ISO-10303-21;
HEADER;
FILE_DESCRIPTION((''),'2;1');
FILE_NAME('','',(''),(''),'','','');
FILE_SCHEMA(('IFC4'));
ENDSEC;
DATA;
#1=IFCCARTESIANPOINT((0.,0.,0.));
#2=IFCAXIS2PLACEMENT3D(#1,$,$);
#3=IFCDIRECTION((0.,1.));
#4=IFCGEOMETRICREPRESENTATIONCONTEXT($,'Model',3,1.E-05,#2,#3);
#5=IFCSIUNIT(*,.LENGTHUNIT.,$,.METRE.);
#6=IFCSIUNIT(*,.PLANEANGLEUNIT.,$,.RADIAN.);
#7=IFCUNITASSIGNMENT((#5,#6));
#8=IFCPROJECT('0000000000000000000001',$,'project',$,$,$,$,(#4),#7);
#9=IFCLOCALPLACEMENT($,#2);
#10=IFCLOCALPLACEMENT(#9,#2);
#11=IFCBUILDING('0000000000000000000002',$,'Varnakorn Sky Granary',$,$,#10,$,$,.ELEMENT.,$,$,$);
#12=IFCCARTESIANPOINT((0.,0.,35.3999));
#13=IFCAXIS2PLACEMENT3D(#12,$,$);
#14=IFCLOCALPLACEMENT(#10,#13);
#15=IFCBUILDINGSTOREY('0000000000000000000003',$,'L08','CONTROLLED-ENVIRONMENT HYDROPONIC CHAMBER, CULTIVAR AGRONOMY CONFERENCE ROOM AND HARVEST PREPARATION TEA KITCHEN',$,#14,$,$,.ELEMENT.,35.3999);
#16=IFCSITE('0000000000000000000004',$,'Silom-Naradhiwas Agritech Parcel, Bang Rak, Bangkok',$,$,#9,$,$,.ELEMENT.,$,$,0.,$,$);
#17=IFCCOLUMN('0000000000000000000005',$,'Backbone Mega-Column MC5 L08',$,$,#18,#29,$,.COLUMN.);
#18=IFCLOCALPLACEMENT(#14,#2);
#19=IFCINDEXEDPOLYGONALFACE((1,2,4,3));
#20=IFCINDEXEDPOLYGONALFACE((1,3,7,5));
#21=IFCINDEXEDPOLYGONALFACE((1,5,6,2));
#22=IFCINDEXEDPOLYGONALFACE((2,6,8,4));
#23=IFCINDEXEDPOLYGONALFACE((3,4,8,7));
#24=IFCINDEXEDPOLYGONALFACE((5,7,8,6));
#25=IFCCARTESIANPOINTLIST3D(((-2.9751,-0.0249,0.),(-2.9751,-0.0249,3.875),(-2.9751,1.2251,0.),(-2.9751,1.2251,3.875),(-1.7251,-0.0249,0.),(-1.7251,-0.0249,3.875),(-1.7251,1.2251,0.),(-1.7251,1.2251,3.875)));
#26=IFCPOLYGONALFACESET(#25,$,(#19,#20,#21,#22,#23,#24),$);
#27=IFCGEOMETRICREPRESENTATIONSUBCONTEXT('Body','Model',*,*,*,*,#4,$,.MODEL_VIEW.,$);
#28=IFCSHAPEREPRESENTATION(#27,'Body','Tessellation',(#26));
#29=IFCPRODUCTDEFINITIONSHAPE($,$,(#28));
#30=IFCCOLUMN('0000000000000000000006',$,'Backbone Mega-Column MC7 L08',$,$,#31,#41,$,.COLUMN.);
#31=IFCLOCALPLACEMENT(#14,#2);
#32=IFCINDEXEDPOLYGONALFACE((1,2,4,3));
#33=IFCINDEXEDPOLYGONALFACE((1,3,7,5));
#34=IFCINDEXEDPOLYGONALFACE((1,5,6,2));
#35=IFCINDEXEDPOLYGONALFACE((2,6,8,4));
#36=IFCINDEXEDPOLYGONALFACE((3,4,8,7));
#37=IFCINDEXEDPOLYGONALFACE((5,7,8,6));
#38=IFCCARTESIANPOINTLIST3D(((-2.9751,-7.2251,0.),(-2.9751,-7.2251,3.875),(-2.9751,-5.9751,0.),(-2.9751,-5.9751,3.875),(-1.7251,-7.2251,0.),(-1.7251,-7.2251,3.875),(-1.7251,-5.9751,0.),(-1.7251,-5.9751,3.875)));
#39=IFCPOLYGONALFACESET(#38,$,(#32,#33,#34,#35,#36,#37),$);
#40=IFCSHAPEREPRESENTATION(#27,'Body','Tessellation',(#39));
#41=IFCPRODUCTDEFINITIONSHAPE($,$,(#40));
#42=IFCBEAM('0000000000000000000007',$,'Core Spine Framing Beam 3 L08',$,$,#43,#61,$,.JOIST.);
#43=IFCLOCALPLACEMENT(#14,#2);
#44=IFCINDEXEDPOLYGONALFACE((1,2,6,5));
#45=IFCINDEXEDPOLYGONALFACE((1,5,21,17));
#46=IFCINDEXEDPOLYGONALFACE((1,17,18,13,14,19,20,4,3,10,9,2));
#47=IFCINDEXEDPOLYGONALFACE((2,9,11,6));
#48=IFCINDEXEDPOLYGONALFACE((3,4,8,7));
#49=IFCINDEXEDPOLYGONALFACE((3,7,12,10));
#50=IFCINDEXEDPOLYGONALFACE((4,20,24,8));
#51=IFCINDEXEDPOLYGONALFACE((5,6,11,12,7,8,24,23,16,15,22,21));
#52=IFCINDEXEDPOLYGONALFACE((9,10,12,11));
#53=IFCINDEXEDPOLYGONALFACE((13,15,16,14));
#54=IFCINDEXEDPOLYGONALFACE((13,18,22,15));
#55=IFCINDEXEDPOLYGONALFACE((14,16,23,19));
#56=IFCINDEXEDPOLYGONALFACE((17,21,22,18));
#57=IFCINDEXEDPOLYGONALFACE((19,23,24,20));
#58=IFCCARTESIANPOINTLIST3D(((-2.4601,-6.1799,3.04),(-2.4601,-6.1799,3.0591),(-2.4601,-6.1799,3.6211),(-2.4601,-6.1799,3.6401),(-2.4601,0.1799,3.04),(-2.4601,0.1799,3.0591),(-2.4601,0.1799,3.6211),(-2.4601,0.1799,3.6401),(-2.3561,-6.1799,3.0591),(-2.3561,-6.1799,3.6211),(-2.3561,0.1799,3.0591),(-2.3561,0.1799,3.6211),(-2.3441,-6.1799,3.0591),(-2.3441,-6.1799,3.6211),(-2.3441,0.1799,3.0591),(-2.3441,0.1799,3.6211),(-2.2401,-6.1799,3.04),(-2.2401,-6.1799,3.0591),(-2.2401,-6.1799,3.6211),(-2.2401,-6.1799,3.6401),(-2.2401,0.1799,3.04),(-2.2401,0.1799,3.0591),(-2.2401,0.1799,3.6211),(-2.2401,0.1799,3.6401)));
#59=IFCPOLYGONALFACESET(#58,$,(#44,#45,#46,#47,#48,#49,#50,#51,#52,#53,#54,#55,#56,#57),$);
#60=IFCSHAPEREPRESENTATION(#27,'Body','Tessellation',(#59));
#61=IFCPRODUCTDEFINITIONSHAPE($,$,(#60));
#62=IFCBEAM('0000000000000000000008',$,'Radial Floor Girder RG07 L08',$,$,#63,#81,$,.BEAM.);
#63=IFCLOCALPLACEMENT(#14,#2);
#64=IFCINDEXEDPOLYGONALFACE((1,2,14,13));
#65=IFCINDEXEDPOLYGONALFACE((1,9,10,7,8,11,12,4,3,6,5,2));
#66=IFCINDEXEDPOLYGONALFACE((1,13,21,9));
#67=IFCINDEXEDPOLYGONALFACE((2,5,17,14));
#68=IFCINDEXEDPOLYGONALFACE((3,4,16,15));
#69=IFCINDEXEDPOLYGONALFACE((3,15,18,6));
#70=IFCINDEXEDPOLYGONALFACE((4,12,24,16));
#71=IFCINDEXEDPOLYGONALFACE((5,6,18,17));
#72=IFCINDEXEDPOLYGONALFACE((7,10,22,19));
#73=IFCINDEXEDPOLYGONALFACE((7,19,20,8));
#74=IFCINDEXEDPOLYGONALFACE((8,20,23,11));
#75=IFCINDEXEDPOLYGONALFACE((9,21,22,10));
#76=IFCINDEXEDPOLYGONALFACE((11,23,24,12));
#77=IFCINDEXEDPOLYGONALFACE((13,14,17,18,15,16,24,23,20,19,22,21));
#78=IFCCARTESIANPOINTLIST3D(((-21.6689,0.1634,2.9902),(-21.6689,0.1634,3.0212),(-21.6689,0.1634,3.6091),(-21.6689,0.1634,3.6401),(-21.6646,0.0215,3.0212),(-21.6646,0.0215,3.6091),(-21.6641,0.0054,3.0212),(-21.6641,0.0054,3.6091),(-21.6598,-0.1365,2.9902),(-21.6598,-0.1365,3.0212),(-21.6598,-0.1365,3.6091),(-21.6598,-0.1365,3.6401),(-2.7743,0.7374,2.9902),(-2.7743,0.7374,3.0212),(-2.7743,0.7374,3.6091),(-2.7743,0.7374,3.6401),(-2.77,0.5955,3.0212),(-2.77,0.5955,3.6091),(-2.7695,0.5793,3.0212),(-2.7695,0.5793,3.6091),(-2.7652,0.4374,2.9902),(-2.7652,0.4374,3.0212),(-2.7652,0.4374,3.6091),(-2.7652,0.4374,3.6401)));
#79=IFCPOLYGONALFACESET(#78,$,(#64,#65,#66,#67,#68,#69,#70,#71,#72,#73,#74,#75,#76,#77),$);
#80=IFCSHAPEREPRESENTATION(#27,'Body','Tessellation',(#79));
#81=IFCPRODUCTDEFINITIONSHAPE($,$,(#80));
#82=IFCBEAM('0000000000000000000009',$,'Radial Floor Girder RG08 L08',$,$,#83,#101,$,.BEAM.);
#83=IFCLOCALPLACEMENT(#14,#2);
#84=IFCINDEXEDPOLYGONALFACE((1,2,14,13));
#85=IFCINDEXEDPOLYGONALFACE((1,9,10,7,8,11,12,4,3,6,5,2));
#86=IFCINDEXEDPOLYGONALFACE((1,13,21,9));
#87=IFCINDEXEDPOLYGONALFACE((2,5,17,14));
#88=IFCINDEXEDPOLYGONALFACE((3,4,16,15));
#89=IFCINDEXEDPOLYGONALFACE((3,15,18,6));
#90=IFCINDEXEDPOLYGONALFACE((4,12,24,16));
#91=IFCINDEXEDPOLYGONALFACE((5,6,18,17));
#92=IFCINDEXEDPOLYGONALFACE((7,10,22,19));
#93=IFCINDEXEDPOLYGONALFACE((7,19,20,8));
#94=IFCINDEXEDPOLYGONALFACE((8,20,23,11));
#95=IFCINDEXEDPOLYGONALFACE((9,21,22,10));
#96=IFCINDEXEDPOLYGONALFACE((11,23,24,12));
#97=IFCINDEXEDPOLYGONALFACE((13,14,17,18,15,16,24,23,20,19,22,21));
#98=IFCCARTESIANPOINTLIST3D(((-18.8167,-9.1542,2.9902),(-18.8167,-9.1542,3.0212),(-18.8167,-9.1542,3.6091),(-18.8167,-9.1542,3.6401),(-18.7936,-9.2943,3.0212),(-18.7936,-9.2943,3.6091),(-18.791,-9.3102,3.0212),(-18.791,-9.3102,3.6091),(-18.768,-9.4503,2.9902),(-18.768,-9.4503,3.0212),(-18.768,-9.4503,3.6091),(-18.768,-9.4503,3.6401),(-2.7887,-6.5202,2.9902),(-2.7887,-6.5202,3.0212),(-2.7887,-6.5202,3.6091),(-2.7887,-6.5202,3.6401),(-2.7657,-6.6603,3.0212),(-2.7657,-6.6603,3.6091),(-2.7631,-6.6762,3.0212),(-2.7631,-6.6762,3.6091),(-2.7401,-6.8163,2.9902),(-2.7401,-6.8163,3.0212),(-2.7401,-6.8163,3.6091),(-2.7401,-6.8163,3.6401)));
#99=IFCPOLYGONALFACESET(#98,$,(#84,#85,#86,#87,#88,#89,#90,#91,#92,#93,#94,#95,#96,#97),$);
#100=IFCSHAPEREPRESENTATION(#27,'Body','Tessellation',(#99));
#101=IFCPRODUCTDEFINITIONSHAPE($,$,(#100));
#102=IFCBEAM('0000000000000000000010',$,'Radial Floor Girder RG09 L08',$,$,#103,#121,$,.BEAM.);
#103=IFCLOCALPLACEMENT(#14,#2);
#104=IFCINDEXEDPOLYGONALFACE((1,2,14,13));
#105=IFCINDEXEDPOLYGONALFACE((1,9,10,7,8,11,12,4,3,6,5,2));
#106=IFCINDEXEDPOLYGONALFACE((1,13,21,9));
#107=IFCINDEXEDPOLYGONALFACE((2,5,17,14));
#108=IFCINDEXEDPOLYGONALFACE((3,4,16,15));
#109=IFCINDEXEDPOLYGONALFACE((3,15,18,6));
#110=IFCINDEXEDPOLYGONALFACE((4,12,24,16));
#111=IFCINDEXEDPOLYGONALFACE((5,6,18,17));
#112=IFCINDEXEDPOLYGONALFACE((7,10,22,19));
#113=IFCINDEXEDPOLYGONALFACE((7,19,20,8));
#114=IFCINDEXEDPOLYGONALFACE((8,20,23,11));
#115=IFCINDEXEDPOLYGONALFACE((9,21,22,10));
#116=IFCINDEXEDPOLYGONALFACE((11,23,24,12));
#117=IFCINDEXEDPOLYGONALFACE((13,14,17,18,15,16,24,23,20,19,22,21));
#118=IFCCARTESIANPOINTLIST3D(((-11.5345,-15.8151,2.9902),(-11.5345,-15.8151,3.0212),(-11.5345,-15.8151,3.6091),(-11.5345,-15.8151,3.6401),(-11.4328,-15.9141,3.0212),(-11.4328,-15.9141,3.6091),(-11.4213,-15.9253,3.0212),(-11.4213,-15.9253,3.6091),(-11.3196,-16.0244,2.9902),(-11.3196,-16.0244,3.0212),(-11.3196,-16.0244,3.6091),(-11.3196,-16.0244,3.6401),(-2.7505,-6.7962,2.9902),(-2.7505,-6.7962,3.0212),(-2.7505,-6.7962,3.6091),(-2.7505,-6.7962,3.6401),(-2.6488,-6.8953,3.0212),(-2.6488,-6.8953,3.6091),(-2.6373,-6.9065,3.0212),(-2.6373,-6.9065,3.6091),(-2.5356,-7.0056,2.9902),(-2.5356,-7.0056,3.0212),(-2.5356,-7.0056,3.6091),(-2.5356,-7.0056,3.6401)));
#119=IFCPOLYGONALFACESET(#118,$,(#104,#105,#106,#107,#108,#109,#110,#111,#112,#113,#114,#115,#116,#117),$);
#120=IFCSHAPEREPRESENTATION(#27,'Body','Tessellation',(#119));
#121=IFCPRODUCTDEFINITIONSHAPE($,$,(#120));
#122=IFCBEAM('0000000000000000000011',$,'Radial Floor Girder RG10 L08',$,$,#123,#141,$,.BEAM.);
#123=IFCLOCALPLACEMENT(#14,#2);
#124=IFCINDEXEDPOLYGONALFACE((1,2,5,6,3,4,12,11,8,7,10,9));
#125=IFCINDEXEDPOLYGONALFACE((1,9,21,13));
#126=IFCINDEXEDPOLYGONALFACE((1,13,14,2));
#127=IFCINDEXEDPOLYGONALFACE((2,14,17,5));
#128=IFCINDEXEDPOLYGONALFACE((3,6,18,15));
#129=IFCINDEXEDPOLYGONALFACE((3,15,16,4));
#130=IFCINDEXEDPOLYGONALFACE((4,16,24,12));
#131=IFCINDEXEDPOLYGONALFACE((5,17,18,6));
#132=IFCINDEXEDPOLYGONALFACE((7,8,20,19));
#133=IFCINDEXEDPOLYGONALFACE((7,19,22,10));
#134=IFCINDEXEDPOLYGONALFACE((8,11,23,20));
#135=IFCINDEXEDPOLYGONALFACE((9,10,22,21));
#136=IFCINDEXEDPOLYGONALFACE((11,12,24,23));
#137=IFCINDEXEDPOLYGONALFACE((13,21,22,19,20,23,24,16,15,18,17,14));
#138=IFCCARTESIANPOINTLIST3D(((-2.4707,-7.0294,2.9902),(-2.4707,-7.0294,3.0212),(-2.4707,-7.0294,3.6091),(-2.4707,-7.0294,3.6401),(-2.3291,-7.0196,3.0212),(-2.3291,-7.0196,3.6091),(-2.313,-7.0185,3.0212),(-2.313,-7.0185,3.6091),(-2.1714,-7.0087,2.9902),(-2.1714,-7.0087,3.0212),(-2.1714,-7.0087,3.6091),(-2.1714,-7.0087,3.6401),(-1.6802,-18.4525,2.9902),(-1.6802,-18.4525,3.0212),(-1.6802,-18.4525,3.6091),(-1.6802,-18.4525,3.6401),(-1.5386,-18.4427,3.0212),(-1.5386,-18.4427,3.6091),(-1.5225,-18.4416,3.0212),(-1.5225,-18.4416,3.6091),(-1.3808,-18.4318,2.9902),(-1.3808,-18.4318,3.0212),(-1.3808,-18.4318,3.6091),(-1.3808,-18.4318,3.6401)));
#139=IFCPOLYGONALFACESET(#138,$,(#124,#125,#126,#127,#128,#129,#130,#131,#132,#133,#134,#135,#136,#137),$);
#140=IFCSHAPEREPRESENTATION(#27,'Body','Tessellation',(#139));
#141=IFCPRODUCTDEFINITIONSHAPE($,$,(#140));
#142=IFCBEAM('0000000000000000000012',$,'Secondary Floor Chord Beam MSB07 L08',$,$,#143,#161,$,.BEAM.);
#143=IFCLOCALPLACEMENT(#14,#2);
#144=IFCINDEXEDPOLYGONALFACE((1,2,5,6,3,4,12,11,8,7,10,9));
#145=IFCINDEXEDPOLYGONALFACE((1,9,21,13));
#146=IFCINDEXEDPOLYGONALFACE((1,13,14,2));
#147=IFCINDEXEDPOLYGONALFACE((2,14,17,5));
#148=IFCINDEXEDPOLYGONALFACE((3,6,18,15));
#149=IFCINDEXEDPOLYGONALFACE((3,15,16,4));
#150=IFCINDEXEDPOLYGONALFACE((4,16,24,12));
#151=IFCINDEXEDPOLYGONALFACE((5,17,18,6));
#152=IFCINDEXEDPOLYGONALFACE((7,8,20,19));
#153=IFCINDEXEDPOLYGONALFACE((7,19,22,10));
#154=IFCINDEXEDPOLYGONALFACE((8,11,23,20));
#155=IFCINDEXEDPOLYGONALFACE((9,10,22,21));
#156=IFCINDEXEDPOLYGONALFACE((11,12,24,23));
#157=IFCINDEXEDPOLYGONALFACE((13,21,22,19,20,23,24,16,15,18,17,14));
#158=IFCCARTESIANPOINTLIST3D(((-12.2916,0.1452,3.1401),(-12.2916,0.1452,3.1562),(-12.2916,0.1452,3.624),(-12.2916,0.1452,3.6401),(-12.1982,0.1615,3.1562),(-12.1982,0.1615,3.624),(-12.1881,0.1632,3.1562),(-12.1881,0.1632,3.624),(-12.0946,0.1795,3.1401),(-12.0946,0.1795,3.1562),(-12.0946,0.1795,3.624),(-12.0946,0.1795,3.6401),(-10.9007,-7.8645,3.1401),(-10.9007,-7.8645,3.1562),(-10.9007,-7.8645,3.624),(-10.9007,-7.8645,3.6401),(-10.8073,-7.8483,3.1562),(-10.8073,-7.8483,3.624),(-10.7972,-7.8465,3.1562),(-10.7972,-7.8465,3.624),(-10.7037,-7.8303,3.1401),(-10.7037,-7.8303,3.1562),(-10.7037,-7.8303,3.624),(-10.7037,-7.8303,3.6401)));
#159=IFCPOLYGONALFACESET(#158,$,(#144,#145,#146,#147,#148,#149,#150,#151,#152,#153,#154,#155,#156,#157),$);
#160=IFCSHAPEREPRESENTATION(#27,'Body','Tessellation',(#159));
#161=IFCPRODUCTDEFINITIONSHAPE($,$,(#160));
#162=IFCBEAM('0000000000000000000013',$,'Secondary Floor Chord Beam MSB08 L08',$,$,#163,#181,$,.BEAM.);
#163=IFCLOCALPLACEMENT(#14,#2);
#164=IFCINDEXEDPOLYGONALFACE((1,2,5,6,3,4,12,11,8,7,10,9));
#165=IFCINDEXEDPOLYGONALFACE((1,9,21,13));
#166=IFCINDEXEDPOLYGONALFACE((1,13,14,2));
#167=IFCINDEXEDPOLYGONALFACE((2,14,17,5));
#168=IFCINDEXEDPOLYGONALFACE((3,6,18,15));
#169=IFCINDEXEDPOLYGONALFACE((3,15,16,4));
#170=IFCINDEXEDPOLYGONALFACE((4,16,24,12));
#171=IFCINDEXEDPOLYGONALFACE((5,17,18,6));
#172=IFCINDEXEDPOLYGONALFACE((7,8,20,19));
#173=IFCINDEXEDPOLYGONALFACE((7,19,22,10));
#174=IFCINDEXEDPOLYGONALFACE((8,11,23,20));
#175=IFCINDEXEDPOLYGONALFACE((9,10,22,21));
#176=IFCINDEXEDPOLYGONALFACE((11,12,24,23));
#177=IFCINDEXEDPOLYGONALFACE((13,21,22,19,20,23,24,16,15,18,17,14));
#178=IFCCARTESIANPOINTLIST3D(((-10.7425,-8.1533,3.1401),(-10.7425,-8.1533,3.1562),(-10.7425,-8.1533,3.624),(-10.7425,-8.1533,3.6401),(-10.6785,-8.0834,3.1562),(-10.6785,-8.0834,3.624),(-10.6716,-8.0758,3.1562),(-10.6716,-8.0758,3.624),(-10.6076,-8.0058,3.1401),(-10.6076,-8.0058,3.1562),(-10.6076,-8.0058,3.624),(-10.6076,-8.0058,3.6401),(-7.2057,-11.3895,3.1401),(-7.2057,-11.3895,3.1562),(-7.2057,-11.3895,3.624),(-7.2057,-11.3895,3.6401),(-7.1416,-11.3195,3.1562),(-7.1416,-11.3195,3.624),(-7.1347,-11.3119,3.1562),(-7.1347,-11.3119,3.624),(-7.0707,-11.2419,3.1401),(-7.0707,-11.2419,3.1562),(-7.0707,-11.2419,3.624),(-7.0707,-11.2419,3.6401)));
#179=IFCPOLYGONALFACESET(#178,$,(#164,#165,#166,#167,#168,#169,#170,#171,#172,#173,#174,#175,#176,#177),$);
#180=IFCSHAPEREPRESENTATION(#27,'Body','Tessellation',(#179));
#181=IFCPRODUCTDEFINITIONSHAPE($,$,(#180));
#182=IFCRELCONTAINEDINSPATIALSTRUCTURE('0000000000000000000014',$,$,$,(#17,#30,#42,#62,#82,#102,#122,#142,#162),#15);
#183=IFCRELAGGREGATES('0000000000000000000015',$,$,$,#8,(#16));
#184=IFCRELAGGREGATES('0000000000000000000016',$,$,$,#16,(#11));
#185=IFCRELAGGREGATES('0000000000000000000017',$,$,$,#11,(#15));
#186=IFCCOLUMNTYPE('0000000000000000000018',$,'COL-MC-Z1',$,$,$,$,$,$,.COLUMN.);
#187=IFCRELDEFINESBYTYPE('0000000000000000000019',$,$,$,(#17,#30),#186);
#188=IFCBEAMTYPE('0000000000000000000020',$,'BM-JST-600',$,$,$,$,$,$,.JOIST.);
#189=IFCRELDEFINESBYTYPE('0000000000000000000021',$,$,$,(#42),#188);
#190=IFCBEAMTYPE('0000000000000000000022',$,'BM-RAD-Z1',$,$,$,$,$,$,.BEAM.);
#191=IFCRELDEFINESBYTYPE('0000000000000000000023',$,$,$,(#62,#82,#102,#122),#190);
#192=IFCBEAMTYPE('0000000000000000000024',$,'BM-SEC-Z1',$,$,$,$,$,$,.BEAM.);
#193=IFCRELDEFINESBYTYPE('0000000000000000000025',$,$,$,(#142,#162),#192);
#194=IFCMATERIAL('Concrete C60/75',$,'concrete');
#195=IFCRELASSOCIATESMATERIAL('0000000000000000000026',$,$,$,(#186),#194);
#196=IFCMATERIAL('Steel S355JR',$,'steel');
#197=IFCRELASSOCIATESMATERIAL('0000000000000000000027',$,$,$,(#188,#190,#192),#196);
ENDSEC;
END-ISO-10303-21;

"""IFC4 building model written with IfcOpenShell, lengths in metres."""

from ifc_helpers import new_model, si_unit, direction, frame, origin, origin_2d, place, context, subcontext, project, spatial, rectangle, i_section, extrude, material, material_profile, profile_set, type_object, element, save


model = new_model("IFC4")

# Units and contexts
model_context = context("Model", 3, precision=1e-05, world=origin(), true_north=direction((0.0, 1.0)))
body_context = subcontext(model_context, "Body", "Model", "MODEL_VIEW")
ifc_project = project(units=[si_unit("LENGTHUNIT", "METRE"), si_unit("PLANEANGLEUNIT", "RADIAN")], contexts=[model_context])

# Site, building, storey
site_placement = place(None, origin())
site = spatial("IfcSite", under=ifc_project, at=site_placement, Name="Silom-Naradhiwas Agritech Parcel, Bang Rak, Bangkok", CompositionType="ELEMENT", RefElevation=0.0)
building_placement = place(site_placement, origin())
building = spatial("IfcBuilding", under=site, at=building_placement, Name="Varnakorn Sky Granary", CompositionType="ELEMENT")
storey_placement = place(building_placement, frame((0.0, 0.0, 35.3999)))
storey = spatial("IfcBuildingStorey", under=building, at=storey_placement, Name="L08", Description="CONTROLLED-ENVIRONMENT HYDROPONIC CHAMBER, CULTIVAR AGRONOMY CONFERENCE ROOM AND HARVEST PREPARATION TEA KITCHEN", CompositionType="ELEMENT", Elevation=35.3999)

# Columns
ifc_material_1 = material(Name="Concrete C60/75", Category="concrete")
ifc_material_profile_1 = material_profile(ifc_material_1, rectangle(XDim=1.25, YDim=1.25, at=origin_2d()), Name="RC 1250x1250")
ifc_profile_set_1 = profile_set([ifc_material_profile_1], Name="Concrete C60/75")
column_type = type_object("IfcColumnType", Name="COL-MC-Z1", PredefinedType="COLUMN", material=ifc_profile_set_1)
for number, where, z_axis, x_axis, name in (
    (1, (-2.3501, 0.6001, 0.0), (0.0, 0.0, 1.0), (1.0, 0.0, 0.0), "Backbone Mega-Column MC5 L08"),
    (2, (-2.3501, -6.6001, 0.0), (0.0, 0.0, 1.0), (1.0, 0.0, 0.0), "Backbone Mega-Column MC7 L08"),
):
    element("IfcColumn", number, at=place(storey_placement, frame(where, z_axis=z_axis, x_axis=x_axis)), inside=storey, type_object=column_type, Name=name, PredefinedType="COLUMN", context=body_context, shape_type="SweptSolid", body=[
        extrude(rectangle(XDim=1.25, YDim=1.25, at=origin_2d()), origin(), (0.0, 0.0, 1.0), 3.875),
    ])

# Beams
ifc_material_2 = material(Name="Steel S355JR", Category="steel")
ifc_material_profile_2 = material_profile(ifc_material_2, i_section(OverallWidth=0.22, OverallDepth=0.6001, WebThickness=0.012, FlangeThickness=0.019, at=origin_2d()), Name="IPE 600")
ifc_profile_set_2 = profile_set([ifc_material_profile_2], Name="Steel S355JR")
beam_type_1 = type_object("IfcBeamType", Name="BM-JST-600", PredefinedType="JOIST", material=ifc_profile_set_2)
beam_1_placement = place(storey_placement, frame((-2.3501, 0.1799, 3.3401), z_axis=(0.0, -1.0, 0.0), x_axis=(1.0, 0.0, 0.0)))
element("IfcBeam", 3, at=beam_1_placement, inside=storey, type_object=beam_type_1, Name="Core Spine Framing Beam 3 L08", PredefinedType="JOIST", context=body_context, shape_type="SweptSolid", body=[
    extrude(i_section(OverallWidth=0.22, OverallDepth=0.6001, WebThickness=0.012, FlangeThickness=0.019, at=origin_2d()), origin(), (0.0, 0.0, 1.0), 6.3599),
])
ifc_material_profile_3 = material_profile(ifc_material_2, i_section(OverallWidth=0.3, OverallDepth=0.6499, WebThickness=0.0161, FlangeThickness=0.031, at=origin_2d()), Name="HE 650 B")
ifc_profile_set_3 = profile_set([ifc_material_profile_3], Name="Steel S355JR")
beam_type_2 = type_object("IfcBeamType", Name="BM-RAD-Z1", PredefinedType="BEAM", material=ifc_profile_set_3)
beam_2_placement = place(storey_placement, frame((-2.7698, 0.5874, 3.3152), z_axis=(-0.999539, -0.030364, 0.0), x_axis=(0.030364, -0.999539, 0.0)))
element("IfcBeam", 4, at=beam_2_placement, inside=storey, type_object=beam_type_2, Name="Radial Floor Girder RG07 L08", PredefinedType="BEAM", context=body_context, shape_type="SweptSolid", body=[
    extrude(i_section(OverallWidth=0.3, OverallDepth=0.6499, WebThickness=0.0161, FlangeThickness=0.031, at=origin_2d()), origin(), (0.0, 0.0, 1.0), 18.9033),
])
beam_3_placement = place(storey_placement, frame((-2.7644, -6.6682, 3.3152), z_axis=(-0.986764, -0.162166, 0.0), x_axis=(0.162166, -0.986764, 0.0)))
element("IfcBeam", 5, at=beam_3_placement, inside=storey, type_object=beam_type_2, Name="Radial Floor Girder RG08 L08", PredefinedType="BEAM", context=body_context, shape_type="SweptSolid", body=[
    extrude(i_section(OverallWidth=0.3, OverallDepth=0.6499, WebThickness=0.0161, FlangeThickness=0.031, at=origin_2d()), origin(), (0.0, 0.0, 1.0), 16.2429),
])
beam_4_placement = place(storey_placement, frame((-2.6431, -6.9009, 3.3152), z_axis=(-0.697718, -0.716373, 0.0), x_axis=(0.716373, -0.697718, 0.0)))
element("IfcBeam", 6, at=beam_4_placement, inside=storey, type_object=beam_type_2, Name="Radial Floor Girder RG09 L08", PredefinedType="BEAM", context=body_context, shape_type="SweptSolid", body=[
    extrude(i_section(OverallWidth=0.3, OverallDepth=0.6499, WebThickness=0.0161, FlangeThickness=0.031, at=origin_2d()), origin(), (0.0, 0.0, 1.0), 12.5896),
])
beam_5_placement = place(storey_placement, frame((-2.321, -7.019, 3.3152), z_axis=(0.069039, -0.997614, 0.0), x_axis=(0.997614, 0.069039, 0.0)))
element("IfcBeam", 7, at=beam_5_placement, inside=storey, type_object=beam_type_2, Name="Radial Floor Girder RG10 L08", PredefinedType="BEAM", context=body_context, shape_type="SweptSolid", body=[
    extrude(i_section(OverallWidth=0.3, OverallDepth=0.6499, WebThickness=0.0161, FlangeThickness=0.031, at=origin_2d()), origin(), (0.0, 0.0, 1.0), 11.4504),
])
ifc_material_profile_4 = material_profile(ifc_material_2, i_section(OverallWidth=0.2, OverallDepth=0.5, WebThickness=0.0103, FlangeThickness=0.0161, at=origin_2d()), Name="IPE 500")
ifc_profile_set_4 = profile_set([ifc_material_profile_4], Name="Steel S355JR")
beam_type_3 = type_object("IfcBeamType", Name="BM-SEC-Z1", PredefinedType="BEAM", material=ifc_profile_set_4)
beam_6_placement = place(storey_placement, frame((-12.1931, 0.1624, 3.3901), z_axis=(0.171086, -0.985256, 0.0), x_axis=(0.985256, 0.171086, 0.0)))
element("IfcBeam", 8, at=beam_6_placement, inside=storey, type_object=beam_type_3, Name="Secondary Floor Chord Beam MSB07 L08", PredefinedType="BEAM", context=body_context, shape_type="SweptSolid", body=[
    extrude(i_section(OverallWidth=0.2, OverallDepth=0.5, WebThickness=0.0103, FlangeThickness=0.0161, at=origin_2d()), origin(), (0.0, 0.0, 1.0), 8.1296),
])
beam_7_placement = place(storey_placement, frame((-10.675, -8.0796, 3.3901), z_axis=(0.737782, -0.675039, 0.0), x_axis=(0.675039, 0.737782, 0.0)))
element("IfcBeam", 9, at=beam_7_placement, inside=storey, type_object=beam_type_3, Name="Secondary Floor Chord Beam MSB08 L08", PredefinedType="BEAM", context=body_context, shape_type="SweptSolid", body=[
    extrude(i_section(OverallWidth=0.2, OverallDepth=0.5, WebThickness=0.0103, FlangeThickness=0.0161, at=origin_2d()), origin(), (0.0, 0.0, 1.0), 4.7939),
])

save(model, "model.ifc")
